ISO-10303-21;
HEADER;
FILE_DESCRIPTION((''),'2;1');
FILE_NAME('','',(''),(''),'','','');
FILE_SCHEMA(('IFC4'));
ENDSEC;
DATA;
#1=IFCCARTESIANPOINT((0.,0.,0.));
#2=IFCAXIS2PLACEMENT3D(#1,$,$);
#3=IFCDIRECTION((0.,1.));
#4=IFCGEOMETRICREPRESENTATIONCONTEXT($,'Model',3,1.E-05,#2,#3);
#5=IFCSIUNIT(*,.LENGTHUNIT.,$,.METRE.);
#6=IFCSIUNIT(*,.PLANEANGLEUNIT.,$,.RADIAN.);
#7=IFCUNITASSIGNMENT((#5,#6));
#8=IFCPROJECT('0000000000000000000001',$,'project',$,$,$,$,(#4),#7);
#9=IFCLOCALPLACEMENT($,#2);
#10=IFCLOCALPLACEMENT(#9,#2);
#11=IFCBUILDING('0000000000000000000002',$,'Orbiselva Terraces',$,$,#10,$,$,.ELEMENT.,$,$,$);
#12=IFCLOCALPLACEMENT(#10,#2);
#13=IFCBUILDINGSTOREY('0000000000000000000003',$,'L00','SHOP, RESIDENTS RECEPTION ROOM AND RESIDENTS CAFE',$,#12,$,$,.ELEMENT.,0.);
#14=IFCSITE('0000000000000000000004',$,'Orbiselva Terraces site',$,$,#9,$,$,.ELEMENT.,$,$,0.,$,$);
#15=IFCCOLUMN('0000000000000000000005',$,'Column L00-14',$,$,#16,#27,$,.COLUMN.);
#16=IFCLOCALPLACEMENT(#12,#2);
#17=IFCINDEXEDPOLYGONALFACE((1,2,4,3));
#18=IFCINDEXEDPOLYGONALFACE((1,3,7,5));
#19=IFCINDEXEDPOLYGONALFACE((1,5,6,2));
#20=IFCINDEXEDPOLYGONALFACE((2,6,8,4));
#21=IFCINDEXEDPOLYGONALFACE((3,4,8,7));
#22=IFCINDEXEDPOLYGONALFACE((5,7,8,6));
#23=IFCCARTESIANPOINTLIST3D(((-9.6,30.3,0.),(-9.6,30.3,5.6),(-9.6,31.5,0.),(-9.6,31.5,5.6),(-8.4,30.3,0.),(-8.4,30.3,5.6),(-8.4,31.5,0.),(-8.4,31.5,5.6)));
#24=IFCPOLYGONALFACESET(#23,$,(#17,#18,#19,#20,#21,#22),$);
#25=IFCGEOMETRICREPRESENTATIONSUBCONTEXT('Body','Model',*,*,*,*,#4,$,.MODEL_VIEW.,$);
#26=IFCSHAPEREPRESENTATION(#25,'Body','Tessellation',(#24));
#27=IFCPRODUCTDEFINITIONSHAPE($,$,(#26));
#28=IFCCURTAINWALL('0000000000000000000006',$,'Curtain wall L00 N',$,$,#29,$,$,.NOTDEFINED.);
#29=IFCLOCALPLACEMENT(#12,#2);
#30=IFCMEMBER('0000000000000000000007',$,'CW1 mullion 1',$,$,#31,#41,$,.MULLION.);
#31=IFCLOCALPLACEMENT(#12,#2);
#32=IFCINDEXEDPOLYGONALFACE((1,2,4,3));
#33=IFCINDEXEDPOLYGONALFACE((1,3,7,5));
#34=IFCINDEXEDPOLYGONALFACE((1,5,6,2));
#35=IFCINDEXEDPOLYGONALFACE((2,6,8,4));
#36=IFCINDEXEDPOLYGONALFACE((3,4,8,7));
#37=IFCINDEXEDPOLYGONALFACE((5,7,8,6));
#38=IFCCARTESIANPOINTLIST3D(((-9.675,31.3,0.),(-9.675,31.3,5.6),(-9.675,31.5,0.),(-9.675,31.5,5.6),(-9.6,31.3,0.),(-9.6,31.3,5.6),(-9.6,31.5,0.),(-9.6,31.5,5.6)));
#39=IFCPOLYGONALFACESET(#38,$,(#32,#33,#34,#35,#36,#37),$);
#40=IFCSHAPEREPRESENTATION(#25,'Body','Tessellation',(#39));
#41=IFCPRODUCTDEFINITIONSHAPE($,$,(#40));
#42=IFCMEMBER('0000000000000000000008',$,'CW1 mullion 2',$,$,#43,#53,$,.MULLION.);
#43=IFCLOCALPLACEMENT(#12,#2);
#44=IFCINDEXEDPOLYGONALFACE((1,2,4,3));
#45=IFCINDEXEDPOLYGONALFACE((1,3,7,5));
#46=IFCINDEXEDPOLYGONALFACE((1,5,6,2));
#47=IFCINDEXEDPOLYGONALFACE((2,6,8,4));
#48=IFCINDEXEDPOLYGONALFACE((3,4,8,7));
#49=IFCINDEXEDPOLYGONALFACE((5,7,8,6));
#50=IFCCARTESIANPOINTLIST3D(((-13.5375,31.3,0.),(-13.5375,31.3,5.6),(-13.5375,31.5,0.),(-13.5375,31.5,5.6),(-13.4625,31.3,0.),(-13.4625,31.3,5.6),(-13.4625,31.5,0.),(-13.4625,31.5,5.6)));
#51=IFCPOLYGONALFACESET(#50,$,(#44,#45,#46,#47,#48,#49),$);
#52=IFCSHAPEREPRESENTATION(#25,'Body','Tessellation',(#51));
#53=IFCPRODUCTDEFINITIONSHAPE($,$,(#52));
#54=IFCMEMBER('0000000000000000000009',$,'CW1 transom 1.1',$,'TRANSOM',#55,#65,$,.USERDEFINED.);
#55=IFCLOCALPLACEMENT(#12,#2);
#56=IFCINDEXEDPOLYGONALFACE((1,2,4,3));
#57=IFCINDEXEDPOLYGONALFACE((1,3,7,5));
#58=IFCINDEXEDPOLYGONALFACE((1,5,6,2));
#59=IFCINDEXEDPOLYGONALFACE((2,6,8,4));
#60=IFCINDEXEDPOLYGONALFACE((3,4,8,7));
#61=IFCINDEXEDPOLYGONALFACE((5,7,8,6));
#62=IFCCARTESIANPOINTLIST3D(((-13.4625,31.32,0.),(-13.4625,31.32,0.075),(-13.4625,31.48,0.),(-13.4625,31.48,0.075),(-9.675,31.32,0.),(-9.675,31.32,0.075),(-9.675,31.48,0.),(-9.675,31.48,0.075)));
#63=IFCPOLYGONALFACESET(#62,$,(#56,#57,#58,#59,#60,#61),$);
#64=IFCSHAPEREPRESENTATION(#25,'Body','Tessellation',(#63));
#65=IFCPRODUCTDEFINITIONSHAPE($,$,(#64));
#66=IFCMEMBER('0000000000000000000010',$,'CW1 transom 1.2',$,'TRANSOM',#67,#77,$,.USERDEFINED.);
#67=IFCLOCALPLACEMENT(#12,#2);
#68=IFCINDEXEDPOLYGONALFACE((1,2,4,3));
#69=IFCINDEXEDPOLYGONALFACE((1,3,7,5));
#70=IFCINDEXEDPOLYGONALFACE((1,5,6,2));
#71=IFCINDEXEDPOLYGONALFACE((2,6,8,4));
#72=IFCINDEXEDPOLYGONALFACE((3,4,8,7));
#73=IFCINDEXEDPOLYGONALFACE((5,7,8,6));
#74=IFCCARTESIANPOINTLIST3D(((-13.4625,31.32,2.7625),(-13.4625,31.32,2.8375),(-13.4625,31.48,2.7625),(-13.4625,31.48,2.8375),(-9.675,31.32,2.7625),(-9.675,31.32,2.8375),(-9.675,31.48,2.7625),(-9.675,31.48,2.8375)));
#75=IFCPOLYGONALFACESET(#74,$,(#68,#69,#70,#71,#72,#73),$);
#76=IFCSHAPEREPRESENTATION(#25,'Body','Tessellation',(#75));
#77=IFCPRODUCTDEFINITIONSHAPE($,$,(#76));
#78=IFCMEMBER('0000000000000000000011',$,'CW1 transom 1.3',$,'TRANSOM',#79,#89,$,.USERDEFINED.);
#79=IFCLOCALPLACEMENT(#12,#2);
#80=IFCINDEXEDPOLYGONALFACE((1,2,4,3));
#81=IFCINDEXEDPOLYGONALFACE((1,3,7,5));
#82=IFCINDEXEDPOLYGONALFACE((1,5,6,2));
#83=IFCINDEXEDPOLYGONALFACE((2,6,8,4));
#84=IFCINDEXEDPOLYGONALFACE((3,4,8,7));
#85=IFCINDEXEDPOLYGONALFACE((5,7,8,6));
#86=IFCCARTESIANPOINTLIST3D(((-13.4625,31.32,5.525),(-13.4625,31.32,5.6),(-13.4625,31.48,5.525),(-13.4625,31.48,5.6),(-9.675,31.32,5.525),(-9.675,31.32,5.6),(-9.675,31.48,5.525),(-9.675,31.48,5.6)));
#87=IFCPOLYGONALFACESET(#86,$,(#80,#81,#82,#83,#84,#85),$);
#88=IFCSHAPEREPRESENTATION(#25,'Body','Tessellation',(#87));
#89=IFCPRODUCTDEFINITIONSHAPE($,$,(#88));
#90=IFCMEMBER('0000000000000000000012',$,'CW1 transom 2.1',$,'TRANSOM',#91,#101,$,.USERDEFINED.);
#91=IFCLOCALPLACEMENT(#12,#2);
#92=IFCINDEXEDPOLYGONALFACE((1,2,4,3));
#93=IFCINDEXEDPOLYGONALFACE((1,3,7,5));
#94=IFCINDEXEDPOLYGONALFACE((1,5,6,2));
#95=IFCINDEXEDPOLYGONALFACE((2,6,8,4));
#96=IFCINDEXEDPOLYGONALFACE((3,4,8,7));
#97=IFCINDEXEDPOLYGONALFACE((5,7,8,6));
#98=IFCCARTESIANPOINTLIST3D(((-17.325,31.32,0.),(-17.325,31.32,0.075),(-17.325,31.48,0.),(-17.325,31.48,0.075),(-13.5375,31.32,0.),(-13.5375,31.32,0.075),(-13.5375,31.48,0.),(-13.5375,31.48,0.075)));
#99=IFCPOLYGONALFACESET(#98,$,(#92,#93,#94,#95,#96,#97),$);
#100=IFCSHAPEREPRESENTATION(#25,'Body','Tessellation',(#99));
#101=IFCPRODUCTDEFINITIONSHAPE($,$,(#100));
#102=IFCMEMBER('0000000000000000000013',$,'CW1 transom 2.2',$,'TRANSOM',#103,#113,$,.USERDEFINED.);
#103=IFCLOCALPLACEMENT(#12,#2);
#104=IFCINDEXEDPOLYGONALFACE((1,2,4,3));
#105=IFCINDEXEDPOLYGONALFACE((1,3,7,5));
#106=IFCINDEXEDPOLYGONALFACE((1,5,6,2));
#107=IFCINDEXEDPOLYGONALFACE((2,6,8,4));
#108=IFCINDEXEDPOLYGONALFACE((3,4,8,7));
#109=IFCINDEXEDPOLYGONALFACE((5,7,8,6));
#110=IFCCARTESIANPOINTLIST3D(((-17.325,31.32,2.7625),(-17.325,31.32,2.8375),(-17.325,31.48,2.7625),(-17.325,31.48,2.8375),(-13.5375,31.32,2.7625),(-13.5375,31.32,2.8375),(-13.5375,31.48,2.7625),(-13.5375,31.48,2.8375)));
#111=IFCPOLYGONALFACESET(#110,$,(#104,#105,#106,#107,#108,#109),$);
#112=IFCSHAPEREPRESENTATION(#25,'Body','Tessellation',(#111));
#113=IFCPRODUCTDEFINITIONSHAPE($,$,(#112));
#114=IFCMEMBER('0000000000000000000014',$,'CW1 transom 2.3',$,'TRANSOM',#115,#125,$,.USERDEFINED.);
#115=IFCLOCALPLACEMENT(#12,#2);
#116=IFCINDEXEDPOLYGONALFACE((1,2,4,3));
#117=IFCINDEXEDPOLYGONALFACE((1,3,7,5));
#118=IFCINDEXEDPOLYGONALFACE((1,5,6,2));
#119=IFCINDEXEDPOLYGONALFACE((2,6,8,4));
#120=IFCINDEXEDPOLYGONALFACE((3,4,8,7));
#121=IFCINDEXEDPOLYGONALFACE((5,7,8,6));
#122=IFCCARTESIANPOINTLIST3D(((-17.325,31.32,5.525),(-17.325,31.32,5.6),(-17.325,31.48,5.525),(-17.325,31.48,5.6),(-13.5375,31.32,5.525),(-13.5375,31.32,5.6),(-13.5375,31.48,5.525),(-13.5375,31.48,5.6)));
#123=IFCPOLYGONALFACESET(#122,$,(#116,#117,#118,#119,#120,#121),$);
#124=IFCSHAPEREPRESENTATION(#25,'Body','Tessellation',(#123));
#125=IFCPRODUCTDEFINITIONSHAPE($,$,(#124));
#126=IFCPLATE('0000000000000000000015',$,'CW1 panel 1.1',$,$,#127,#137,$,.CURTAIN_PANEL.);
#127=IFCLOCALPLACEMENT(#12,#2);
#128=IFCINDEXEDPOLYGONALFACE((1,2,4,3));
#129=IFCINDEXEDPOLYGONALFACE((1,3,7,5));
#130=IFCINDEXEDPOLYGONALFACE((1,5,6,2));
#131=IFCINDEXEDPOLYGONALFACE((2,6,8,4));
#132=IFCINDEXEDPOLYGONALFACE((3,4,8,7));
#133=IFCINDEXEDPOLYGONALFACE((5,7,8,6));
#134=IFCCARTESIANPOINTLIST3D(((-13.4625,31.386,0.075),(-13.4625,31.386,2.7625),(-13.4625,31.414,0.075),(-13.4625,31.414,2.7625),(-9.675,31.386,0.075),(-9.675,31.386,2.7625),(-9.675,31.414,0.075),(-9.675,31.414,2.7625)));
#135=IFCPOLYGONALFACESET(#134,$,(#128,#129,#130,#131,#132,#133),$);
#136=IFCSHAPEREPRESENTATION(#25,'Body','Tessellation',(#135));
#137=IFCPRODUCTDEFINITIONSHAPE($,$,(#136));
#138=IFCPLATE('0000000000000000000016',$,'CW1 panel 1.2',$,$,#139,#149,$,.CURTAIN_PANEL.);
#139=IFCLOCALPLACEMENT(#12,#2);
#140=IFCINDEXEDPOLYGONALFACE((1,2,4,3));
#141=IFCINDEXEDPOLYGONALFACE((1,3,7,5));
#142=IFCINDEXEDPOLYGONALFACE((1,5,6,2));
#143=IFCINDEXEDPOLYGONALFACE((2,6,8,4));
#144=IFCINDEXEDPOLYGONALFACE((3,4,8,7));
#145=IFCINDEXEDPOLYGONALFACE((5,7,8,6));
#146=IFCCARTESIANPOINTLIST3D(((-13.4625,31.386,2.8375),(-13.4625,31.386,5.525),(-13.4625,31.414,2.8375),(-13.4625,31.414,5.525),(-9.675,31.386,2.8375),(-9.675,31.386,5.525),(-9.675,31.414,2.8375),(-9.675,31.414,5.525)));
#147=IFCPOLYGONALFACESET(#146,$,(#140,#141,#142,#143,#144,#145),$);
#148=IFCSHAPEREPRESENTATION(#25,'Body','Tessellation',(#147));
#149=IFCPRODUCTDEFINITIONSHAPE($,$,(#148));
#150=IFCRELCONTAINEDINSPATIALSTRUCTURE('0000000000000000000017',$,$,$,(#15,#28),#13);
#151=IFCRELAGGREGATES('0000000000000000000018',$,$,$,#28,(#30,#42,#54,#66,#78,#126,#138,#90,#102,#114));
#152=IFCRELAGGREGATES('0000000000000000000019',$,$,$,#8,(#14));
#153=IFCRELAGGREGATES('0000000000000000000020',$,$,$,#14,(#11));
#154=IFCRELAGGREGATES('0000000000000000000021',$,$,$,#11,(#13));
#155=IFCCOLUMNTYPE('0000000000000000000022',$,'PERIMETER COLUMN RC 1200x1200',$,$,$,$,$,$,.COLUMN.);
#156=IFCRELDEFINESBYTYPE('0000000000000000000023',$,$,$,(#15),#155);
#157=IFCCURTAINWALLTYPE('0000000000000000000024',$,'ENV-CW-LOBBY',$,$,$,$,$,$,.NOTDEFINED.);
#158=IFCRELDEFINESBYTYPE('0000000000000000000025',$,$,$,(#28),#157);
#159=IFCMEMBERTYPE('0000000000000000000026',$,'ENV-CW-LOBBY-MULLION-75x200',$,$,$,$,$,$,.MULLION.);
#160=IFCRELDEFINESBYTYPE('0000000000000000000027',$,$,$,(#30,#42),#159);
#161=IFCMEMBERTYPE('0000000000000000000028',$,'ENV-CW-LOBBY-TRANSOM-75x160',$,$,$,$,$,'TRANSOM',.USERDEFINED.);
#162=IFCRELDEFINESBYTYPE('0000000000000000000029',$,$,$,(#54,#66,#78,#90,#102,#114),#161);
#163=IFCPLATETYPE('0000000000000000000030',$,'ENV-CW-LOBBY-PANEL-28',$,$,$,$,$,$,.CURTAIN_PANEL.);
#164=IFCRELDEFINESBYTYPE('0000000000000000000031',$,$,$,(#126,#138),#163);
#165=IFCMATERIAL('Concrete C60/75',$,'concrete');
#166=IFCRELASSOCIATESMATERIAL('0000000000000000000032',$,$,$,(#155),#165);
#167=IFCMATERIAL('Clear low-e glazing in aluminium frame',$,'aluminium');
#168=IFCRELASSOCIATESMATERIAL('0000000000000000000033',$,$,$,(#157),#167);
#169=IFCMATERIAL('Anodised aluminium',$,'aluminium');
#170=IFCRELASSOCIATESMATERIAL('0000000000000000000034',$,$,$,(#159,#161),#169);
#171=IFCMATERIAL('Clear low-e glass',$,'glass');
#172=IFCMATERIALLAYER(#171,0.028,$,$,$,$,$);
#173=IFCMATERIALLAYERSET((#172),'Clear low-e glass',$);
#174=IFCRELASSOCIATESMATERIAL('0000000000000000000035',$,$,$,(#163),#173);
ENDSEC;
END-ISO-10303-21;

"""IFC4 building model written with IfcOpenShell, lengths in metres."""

from ifc_helpers import new_model, si_unit, direction, frame, origin, origin_2d, place, context, subcontext, project, spatial, rectangle, extrude, material, layer, layer_set, material_profile, profile_set, type_object, element, aggregate, save


model = new_model("IFC4")

# Units and contexts
model_context = context("Model", 3, precision=1e-05, world=origin(), true_north=direction((0.0, 1.0)))
body_context = subcontext(model_context, "Body", "Model", "MODEL_VIEW")
ifc_project = project(units=[si_unit("LENGTHUNIT", "METRE"), si_unit("PLANEANGLEUNIT", "RADIAN")], contexts=[model_context])

# Site, building, storey
site_placement = place(None, origin())
site = spatial("IfcSite", under=ifc_project, at=site_placement, Name="Orbiselva Terraces site", CompositionType="ELEMENT", RefElevation=0.0)
building_placement = place(site_placement, origin())
building = spatial("IfcBuilding", under=site, at=building_placement, Name="Orbiselva Terraces", CompositionType="ELEMENT")
storey_placement = place(building_placement, origin())
storey = spatial("IfcBuildingStorey", under=building, at=storey_placement, Name="L00", Description="SHOP, RESIDENTS RECEPTION ROOM AND RESIDENTS CAFE", CompositionType="ELEMENT", Elevation=0.0)

# Column
ifc_material_1 = material(Name="Concrete C60/75", Category="concrete")
ifc_material_profile_1 = material_profile(ifc_material_1, rectangle(XDim=1.2, YDim=1.2, at=origin_2d()), Name="RC 1200x1200")
ifc_profile_set_1 = profile_set([ifc_material_profile_1], Name="Concrete C60/75")
column_type = type_object("IfcColumnType", Name="PERIMETER COLUMN RC 1200x1200", PredefinedType="COLUMN", material=ifc_profile_set_1)
column_placement = place(storey_placement, frame((-9.0, 30.9, 0.0), z_axis=(0.0, 0.0, 1.0), x_axis=(1.0, 0.0, 0.0)))
element("IfcColumn", 1, at=column_placement, inside=storey, type_object=column_type, Name="Column L00-14", PredefinedType="COLUMN", context=body_context, shape_type="SweptSolid", body=[
    extrude(rectangle(XDim=1.2, YDim=1.2, at=origin_2d()), origin(), (0.0, 0.0, 1.0), 5.6),
])

# Curtain wall, members, plates
ifc_material_2 = material(Name="Clear low-e glazing in aluminium frame", Category="aluminium")
curtain_wall_type = type_object("IfcCurtainWallType", Name="ENV-CW-LOBBY", PredefinedType="NOTDEFINED", material=ifc_material_2)
curtain_wall_placement = place(storey_placement, origin())
curtain_wall = element("IfcCurtainWall", 2, at=curtain_wall_placement, inside=storey, type_object=curtain_wall_type, Name="Curtain wall L00 N", PredefinedType="NOTDEFINED")
ifc_material_3 = material(Name="Anodised aluminium", Category="aluminium")
ifc_material_profile_2 = material_profile(ifc_material_3, rectangle(XDim=0.2, YDim=0.075, at=origin_2d()), Name="AL 75x200")
ifc_profile_set_2 = profile_set([ifc_material_profile_2], Name="Anodised aluminium")
member_type_1 = type_object("IfcMemberType", Name="ENV-CW-LOBBY-MULLION-75x200", PredefinedType="MULLION", material=ifc_profile_set_2)
member_1_placement = place(storey_placement, frame((-9.6375, 31.4, 0.0), z_axis=(0.0, 0.0, 1.0), x_axis=(0.0, -1.0, 0.0)))
member_1 = element("IfcMember", 3, at=member_1_placement, type_object=member_type_1, Name="CW1 mullion 1", PredefinedType="MULLION", context=body_context, shape_type="SweptSolid", body=[
    extrude(rectangle(XDim=0.2, YDim=0.075, at=origin_2d()), origin(), (0.0, 0.0, 1.0), 5.6),
])
member_2_placement = place(storey_placement, frame((-13.5, 31.4, 0.0), z_axis=(0.0, 0.0, 1.0), x_axis=(0.0, -1.0, 0.0)))
member_2 = element("IfcMember", 4, at=member_2_placement, type_object=member_type_1, Name="CW1 mullion 2", PredefinedType="MULLION", context=body_context, shape_type="SweptSolid", body=[
    extrude(rectangle(XDim=0.2, YDim=0.075, at=origin_2d()), origin(), (0.0, 0.0, 1.0), 5.6),
])
ifc_material_profile_3 = material_profile(ifc_material_3, rectangle(XDim=0.16, YDim=0.075, at=origin_2d()), Name="AL 75x160")
ifc_profile_set_3 = profile_set([ifc_material_profile_3], Name="Anodised aluminium")
member_type_2 = type_object("IfcMemberType", Name="ENV-CW-LOBBY-TRANSOM-75x160", ElementType="TRANSOM", PredefinedType="USERDEFINED", material=ifc_profile_set_3)
member_3_placement = place(storey_placement, frame((-9.675, 31.4, 0.0375), z_axis=(-1.0, 0.0, 0.0), x_axis=(0.0, -1.0, 0.0)))
member_3 = element("IfcMember", 5, at=member_3_placement, type_object=member_type_2, Name="CW1 transom 1.1", ObjectType="TRANSOM", PredefinedType="USERDEFINED", context=body_context, shape_type="SweptSolid", body=[
    extrude(rectangle(XDim=0.16, YDim=0.075, at=origin_2d()), origin(), (0.0, 0.0, 1.0), 3.7875),
])
member_4_placement = place(storey_placement, frame((-9.675, 31.4, 2.8), z_axis=(-1.0, 0.0, 0.0), x_axis=(0.0, -1.0, 0.0)))
member_4 = element("IfcMember", 6, at=member_4_placement, type_object=member_type_2, Name="CW1 transom 1.2", ObjectType="TRANSOM", PredefinedType="USERDEFINED", context=body_context, shape_type="SweptSolid", body=[
    extrude(rectangle(XDim=0.16, YDim=0.075, at=origin_2d()), origin(), (0.0, 0.0, 1.0), 3.7875),
])
member_5_placement = place(storey_placement, frame((-9.675, 31.4, 5.5625), z_axis=(-1.0, 0.0, 0.0), x_axis=(0.0, -1.0, 0.0)))
member_5 = element("IfcMember", 7, at=member_5_placement, type_object=member_type_2, Name="CW1 transom 1.3", ObjectType="TRANSOM", PredefinedType="USERDEFINED", context=body_context, shape_type="SweptSolid", body=[
    extrude(rectangle(XDim=0.16, YDim=0.075, at=origin_2d()), origin(), (0.0, 0.0, 1.0), 3.7875),
])
member_6_placement = place(storey_placement, frame((-13.5375, 31.4, 0.0375), z_axis=(-1.0, 0.0, 0.0), x_axis=(0.0, -1.0, 0.0)))
member_6 = element("IfcMember", 8, at=member_6_placement, type_object=member_type_2, Name="CW1 transom 2.1", ObjectType="TRANSOM", PredefinedType="USERDEFINED", context=body_context, shape_type="SweptSolid", body=[
    extrude(rectangle(XDim=0.16, YDim=0.075, at=origin_2d()), origin(), (0.0, 0.0, 1.0), 3.7875),
])
member_7_placement = place(storey_placement, frame((-13.5375, 31.4, 2.8), z_axis=(-1.0, 0.0, 0.0), x_axis=(0.0, -1.0, 0.0)))
member_7 = element("IfcMember", 9, at=member_7_placement, type_object=member_type_2, Name="CW1 transom 2.2", ObjectType="TRANSOM", PredefinedType="USERDEFINED", context=body_context, shape_type="SweptSolid", body=[
    extrude(rectangle(XDim=0.16, YDim=0.075, at=origin_2d()), origin(), (0.0, 0.0, 1.0), 3.7875),
])
member_8_placement = place(storey_placement, frame((-13.5375, 31.4, 5.5625), z_axis=(-1.0, 0.0, 0.0), x_axis=(0.0, -1.0, 0.0)))
member_8 = element("IfcMember", 10, at=member_8_placement, type_object=member_type_2, Name="CW1 transom 2.3", ObjectType="TRANSOM", PredefinedType="USERDEFINED", context=body_context, shape_type="SweptSolid", body=[
    extrude(rectangle(XDim=0.16, YDim=0.075, at=origin_2d()), origin(), (0.0, 0.0, 1.0), 3.7875),
])
ifc_material_4 = material(Name="Clear low-e glass", Category="glass")
ifc_layer = layer(ifc_material_4, 0.028)
ifc_layer_set = layer_set([ifc_layer], Name="Clear low-e glass")
plate_type = type_object("IfcPlateType", Name="ENV-CW-LOBBY-PANEL-28", PredefinedType="CURTAIN_PANEL", material=ifc_layer_set)
plate_1_placement = place(storey_placement, frame((-11.5687, 31.4, 0.075), z_axis=(0.0, 0.0, 1.0), x_axis=(-1.0, 0.0, 0.0)))
plate_1 = element("IfcPlate", 11, at=plate_1_placement, type_object=plate_type, Name="CW1 panel 1.1", PredefinedType="CURTAIN_PANEL", context=body_context, shape_type="SweptSolid", body=[
    extrude(rectangle(XDim=3.7875, YDim=0.028, at=origin_2d()), origin(), (0.0, 0.0, 1.0), 2.6875),
])
plate_2_placement = place(storey_placement, frame((-11.5687, 31.4, 2.8375), z_axis=(0.0, 0.0, 1.0), x_axis=(-1.0, 0.0, 0.0)))
plate_2 = element("IfcPlate", 12, at=plate_2_placement, type_object=plate_type, Name="CW1 panel 1.2", PredefinedType="CURTAIN_PANEL", context=body_context, shape_type="SweptSolid", body=[
    extrude(rectangle(XDim=3.7875, YDim=0.028, at=origin_2d()), origin(), (0.0, 0.0, 1.0), 2.6875),
])
aggregate(curtain_wall, [member_1, member_2, member_3, member_4, member_5, plate_1, plate_2, member_6, member_7, member_8])

save(model, "model.ifc")
